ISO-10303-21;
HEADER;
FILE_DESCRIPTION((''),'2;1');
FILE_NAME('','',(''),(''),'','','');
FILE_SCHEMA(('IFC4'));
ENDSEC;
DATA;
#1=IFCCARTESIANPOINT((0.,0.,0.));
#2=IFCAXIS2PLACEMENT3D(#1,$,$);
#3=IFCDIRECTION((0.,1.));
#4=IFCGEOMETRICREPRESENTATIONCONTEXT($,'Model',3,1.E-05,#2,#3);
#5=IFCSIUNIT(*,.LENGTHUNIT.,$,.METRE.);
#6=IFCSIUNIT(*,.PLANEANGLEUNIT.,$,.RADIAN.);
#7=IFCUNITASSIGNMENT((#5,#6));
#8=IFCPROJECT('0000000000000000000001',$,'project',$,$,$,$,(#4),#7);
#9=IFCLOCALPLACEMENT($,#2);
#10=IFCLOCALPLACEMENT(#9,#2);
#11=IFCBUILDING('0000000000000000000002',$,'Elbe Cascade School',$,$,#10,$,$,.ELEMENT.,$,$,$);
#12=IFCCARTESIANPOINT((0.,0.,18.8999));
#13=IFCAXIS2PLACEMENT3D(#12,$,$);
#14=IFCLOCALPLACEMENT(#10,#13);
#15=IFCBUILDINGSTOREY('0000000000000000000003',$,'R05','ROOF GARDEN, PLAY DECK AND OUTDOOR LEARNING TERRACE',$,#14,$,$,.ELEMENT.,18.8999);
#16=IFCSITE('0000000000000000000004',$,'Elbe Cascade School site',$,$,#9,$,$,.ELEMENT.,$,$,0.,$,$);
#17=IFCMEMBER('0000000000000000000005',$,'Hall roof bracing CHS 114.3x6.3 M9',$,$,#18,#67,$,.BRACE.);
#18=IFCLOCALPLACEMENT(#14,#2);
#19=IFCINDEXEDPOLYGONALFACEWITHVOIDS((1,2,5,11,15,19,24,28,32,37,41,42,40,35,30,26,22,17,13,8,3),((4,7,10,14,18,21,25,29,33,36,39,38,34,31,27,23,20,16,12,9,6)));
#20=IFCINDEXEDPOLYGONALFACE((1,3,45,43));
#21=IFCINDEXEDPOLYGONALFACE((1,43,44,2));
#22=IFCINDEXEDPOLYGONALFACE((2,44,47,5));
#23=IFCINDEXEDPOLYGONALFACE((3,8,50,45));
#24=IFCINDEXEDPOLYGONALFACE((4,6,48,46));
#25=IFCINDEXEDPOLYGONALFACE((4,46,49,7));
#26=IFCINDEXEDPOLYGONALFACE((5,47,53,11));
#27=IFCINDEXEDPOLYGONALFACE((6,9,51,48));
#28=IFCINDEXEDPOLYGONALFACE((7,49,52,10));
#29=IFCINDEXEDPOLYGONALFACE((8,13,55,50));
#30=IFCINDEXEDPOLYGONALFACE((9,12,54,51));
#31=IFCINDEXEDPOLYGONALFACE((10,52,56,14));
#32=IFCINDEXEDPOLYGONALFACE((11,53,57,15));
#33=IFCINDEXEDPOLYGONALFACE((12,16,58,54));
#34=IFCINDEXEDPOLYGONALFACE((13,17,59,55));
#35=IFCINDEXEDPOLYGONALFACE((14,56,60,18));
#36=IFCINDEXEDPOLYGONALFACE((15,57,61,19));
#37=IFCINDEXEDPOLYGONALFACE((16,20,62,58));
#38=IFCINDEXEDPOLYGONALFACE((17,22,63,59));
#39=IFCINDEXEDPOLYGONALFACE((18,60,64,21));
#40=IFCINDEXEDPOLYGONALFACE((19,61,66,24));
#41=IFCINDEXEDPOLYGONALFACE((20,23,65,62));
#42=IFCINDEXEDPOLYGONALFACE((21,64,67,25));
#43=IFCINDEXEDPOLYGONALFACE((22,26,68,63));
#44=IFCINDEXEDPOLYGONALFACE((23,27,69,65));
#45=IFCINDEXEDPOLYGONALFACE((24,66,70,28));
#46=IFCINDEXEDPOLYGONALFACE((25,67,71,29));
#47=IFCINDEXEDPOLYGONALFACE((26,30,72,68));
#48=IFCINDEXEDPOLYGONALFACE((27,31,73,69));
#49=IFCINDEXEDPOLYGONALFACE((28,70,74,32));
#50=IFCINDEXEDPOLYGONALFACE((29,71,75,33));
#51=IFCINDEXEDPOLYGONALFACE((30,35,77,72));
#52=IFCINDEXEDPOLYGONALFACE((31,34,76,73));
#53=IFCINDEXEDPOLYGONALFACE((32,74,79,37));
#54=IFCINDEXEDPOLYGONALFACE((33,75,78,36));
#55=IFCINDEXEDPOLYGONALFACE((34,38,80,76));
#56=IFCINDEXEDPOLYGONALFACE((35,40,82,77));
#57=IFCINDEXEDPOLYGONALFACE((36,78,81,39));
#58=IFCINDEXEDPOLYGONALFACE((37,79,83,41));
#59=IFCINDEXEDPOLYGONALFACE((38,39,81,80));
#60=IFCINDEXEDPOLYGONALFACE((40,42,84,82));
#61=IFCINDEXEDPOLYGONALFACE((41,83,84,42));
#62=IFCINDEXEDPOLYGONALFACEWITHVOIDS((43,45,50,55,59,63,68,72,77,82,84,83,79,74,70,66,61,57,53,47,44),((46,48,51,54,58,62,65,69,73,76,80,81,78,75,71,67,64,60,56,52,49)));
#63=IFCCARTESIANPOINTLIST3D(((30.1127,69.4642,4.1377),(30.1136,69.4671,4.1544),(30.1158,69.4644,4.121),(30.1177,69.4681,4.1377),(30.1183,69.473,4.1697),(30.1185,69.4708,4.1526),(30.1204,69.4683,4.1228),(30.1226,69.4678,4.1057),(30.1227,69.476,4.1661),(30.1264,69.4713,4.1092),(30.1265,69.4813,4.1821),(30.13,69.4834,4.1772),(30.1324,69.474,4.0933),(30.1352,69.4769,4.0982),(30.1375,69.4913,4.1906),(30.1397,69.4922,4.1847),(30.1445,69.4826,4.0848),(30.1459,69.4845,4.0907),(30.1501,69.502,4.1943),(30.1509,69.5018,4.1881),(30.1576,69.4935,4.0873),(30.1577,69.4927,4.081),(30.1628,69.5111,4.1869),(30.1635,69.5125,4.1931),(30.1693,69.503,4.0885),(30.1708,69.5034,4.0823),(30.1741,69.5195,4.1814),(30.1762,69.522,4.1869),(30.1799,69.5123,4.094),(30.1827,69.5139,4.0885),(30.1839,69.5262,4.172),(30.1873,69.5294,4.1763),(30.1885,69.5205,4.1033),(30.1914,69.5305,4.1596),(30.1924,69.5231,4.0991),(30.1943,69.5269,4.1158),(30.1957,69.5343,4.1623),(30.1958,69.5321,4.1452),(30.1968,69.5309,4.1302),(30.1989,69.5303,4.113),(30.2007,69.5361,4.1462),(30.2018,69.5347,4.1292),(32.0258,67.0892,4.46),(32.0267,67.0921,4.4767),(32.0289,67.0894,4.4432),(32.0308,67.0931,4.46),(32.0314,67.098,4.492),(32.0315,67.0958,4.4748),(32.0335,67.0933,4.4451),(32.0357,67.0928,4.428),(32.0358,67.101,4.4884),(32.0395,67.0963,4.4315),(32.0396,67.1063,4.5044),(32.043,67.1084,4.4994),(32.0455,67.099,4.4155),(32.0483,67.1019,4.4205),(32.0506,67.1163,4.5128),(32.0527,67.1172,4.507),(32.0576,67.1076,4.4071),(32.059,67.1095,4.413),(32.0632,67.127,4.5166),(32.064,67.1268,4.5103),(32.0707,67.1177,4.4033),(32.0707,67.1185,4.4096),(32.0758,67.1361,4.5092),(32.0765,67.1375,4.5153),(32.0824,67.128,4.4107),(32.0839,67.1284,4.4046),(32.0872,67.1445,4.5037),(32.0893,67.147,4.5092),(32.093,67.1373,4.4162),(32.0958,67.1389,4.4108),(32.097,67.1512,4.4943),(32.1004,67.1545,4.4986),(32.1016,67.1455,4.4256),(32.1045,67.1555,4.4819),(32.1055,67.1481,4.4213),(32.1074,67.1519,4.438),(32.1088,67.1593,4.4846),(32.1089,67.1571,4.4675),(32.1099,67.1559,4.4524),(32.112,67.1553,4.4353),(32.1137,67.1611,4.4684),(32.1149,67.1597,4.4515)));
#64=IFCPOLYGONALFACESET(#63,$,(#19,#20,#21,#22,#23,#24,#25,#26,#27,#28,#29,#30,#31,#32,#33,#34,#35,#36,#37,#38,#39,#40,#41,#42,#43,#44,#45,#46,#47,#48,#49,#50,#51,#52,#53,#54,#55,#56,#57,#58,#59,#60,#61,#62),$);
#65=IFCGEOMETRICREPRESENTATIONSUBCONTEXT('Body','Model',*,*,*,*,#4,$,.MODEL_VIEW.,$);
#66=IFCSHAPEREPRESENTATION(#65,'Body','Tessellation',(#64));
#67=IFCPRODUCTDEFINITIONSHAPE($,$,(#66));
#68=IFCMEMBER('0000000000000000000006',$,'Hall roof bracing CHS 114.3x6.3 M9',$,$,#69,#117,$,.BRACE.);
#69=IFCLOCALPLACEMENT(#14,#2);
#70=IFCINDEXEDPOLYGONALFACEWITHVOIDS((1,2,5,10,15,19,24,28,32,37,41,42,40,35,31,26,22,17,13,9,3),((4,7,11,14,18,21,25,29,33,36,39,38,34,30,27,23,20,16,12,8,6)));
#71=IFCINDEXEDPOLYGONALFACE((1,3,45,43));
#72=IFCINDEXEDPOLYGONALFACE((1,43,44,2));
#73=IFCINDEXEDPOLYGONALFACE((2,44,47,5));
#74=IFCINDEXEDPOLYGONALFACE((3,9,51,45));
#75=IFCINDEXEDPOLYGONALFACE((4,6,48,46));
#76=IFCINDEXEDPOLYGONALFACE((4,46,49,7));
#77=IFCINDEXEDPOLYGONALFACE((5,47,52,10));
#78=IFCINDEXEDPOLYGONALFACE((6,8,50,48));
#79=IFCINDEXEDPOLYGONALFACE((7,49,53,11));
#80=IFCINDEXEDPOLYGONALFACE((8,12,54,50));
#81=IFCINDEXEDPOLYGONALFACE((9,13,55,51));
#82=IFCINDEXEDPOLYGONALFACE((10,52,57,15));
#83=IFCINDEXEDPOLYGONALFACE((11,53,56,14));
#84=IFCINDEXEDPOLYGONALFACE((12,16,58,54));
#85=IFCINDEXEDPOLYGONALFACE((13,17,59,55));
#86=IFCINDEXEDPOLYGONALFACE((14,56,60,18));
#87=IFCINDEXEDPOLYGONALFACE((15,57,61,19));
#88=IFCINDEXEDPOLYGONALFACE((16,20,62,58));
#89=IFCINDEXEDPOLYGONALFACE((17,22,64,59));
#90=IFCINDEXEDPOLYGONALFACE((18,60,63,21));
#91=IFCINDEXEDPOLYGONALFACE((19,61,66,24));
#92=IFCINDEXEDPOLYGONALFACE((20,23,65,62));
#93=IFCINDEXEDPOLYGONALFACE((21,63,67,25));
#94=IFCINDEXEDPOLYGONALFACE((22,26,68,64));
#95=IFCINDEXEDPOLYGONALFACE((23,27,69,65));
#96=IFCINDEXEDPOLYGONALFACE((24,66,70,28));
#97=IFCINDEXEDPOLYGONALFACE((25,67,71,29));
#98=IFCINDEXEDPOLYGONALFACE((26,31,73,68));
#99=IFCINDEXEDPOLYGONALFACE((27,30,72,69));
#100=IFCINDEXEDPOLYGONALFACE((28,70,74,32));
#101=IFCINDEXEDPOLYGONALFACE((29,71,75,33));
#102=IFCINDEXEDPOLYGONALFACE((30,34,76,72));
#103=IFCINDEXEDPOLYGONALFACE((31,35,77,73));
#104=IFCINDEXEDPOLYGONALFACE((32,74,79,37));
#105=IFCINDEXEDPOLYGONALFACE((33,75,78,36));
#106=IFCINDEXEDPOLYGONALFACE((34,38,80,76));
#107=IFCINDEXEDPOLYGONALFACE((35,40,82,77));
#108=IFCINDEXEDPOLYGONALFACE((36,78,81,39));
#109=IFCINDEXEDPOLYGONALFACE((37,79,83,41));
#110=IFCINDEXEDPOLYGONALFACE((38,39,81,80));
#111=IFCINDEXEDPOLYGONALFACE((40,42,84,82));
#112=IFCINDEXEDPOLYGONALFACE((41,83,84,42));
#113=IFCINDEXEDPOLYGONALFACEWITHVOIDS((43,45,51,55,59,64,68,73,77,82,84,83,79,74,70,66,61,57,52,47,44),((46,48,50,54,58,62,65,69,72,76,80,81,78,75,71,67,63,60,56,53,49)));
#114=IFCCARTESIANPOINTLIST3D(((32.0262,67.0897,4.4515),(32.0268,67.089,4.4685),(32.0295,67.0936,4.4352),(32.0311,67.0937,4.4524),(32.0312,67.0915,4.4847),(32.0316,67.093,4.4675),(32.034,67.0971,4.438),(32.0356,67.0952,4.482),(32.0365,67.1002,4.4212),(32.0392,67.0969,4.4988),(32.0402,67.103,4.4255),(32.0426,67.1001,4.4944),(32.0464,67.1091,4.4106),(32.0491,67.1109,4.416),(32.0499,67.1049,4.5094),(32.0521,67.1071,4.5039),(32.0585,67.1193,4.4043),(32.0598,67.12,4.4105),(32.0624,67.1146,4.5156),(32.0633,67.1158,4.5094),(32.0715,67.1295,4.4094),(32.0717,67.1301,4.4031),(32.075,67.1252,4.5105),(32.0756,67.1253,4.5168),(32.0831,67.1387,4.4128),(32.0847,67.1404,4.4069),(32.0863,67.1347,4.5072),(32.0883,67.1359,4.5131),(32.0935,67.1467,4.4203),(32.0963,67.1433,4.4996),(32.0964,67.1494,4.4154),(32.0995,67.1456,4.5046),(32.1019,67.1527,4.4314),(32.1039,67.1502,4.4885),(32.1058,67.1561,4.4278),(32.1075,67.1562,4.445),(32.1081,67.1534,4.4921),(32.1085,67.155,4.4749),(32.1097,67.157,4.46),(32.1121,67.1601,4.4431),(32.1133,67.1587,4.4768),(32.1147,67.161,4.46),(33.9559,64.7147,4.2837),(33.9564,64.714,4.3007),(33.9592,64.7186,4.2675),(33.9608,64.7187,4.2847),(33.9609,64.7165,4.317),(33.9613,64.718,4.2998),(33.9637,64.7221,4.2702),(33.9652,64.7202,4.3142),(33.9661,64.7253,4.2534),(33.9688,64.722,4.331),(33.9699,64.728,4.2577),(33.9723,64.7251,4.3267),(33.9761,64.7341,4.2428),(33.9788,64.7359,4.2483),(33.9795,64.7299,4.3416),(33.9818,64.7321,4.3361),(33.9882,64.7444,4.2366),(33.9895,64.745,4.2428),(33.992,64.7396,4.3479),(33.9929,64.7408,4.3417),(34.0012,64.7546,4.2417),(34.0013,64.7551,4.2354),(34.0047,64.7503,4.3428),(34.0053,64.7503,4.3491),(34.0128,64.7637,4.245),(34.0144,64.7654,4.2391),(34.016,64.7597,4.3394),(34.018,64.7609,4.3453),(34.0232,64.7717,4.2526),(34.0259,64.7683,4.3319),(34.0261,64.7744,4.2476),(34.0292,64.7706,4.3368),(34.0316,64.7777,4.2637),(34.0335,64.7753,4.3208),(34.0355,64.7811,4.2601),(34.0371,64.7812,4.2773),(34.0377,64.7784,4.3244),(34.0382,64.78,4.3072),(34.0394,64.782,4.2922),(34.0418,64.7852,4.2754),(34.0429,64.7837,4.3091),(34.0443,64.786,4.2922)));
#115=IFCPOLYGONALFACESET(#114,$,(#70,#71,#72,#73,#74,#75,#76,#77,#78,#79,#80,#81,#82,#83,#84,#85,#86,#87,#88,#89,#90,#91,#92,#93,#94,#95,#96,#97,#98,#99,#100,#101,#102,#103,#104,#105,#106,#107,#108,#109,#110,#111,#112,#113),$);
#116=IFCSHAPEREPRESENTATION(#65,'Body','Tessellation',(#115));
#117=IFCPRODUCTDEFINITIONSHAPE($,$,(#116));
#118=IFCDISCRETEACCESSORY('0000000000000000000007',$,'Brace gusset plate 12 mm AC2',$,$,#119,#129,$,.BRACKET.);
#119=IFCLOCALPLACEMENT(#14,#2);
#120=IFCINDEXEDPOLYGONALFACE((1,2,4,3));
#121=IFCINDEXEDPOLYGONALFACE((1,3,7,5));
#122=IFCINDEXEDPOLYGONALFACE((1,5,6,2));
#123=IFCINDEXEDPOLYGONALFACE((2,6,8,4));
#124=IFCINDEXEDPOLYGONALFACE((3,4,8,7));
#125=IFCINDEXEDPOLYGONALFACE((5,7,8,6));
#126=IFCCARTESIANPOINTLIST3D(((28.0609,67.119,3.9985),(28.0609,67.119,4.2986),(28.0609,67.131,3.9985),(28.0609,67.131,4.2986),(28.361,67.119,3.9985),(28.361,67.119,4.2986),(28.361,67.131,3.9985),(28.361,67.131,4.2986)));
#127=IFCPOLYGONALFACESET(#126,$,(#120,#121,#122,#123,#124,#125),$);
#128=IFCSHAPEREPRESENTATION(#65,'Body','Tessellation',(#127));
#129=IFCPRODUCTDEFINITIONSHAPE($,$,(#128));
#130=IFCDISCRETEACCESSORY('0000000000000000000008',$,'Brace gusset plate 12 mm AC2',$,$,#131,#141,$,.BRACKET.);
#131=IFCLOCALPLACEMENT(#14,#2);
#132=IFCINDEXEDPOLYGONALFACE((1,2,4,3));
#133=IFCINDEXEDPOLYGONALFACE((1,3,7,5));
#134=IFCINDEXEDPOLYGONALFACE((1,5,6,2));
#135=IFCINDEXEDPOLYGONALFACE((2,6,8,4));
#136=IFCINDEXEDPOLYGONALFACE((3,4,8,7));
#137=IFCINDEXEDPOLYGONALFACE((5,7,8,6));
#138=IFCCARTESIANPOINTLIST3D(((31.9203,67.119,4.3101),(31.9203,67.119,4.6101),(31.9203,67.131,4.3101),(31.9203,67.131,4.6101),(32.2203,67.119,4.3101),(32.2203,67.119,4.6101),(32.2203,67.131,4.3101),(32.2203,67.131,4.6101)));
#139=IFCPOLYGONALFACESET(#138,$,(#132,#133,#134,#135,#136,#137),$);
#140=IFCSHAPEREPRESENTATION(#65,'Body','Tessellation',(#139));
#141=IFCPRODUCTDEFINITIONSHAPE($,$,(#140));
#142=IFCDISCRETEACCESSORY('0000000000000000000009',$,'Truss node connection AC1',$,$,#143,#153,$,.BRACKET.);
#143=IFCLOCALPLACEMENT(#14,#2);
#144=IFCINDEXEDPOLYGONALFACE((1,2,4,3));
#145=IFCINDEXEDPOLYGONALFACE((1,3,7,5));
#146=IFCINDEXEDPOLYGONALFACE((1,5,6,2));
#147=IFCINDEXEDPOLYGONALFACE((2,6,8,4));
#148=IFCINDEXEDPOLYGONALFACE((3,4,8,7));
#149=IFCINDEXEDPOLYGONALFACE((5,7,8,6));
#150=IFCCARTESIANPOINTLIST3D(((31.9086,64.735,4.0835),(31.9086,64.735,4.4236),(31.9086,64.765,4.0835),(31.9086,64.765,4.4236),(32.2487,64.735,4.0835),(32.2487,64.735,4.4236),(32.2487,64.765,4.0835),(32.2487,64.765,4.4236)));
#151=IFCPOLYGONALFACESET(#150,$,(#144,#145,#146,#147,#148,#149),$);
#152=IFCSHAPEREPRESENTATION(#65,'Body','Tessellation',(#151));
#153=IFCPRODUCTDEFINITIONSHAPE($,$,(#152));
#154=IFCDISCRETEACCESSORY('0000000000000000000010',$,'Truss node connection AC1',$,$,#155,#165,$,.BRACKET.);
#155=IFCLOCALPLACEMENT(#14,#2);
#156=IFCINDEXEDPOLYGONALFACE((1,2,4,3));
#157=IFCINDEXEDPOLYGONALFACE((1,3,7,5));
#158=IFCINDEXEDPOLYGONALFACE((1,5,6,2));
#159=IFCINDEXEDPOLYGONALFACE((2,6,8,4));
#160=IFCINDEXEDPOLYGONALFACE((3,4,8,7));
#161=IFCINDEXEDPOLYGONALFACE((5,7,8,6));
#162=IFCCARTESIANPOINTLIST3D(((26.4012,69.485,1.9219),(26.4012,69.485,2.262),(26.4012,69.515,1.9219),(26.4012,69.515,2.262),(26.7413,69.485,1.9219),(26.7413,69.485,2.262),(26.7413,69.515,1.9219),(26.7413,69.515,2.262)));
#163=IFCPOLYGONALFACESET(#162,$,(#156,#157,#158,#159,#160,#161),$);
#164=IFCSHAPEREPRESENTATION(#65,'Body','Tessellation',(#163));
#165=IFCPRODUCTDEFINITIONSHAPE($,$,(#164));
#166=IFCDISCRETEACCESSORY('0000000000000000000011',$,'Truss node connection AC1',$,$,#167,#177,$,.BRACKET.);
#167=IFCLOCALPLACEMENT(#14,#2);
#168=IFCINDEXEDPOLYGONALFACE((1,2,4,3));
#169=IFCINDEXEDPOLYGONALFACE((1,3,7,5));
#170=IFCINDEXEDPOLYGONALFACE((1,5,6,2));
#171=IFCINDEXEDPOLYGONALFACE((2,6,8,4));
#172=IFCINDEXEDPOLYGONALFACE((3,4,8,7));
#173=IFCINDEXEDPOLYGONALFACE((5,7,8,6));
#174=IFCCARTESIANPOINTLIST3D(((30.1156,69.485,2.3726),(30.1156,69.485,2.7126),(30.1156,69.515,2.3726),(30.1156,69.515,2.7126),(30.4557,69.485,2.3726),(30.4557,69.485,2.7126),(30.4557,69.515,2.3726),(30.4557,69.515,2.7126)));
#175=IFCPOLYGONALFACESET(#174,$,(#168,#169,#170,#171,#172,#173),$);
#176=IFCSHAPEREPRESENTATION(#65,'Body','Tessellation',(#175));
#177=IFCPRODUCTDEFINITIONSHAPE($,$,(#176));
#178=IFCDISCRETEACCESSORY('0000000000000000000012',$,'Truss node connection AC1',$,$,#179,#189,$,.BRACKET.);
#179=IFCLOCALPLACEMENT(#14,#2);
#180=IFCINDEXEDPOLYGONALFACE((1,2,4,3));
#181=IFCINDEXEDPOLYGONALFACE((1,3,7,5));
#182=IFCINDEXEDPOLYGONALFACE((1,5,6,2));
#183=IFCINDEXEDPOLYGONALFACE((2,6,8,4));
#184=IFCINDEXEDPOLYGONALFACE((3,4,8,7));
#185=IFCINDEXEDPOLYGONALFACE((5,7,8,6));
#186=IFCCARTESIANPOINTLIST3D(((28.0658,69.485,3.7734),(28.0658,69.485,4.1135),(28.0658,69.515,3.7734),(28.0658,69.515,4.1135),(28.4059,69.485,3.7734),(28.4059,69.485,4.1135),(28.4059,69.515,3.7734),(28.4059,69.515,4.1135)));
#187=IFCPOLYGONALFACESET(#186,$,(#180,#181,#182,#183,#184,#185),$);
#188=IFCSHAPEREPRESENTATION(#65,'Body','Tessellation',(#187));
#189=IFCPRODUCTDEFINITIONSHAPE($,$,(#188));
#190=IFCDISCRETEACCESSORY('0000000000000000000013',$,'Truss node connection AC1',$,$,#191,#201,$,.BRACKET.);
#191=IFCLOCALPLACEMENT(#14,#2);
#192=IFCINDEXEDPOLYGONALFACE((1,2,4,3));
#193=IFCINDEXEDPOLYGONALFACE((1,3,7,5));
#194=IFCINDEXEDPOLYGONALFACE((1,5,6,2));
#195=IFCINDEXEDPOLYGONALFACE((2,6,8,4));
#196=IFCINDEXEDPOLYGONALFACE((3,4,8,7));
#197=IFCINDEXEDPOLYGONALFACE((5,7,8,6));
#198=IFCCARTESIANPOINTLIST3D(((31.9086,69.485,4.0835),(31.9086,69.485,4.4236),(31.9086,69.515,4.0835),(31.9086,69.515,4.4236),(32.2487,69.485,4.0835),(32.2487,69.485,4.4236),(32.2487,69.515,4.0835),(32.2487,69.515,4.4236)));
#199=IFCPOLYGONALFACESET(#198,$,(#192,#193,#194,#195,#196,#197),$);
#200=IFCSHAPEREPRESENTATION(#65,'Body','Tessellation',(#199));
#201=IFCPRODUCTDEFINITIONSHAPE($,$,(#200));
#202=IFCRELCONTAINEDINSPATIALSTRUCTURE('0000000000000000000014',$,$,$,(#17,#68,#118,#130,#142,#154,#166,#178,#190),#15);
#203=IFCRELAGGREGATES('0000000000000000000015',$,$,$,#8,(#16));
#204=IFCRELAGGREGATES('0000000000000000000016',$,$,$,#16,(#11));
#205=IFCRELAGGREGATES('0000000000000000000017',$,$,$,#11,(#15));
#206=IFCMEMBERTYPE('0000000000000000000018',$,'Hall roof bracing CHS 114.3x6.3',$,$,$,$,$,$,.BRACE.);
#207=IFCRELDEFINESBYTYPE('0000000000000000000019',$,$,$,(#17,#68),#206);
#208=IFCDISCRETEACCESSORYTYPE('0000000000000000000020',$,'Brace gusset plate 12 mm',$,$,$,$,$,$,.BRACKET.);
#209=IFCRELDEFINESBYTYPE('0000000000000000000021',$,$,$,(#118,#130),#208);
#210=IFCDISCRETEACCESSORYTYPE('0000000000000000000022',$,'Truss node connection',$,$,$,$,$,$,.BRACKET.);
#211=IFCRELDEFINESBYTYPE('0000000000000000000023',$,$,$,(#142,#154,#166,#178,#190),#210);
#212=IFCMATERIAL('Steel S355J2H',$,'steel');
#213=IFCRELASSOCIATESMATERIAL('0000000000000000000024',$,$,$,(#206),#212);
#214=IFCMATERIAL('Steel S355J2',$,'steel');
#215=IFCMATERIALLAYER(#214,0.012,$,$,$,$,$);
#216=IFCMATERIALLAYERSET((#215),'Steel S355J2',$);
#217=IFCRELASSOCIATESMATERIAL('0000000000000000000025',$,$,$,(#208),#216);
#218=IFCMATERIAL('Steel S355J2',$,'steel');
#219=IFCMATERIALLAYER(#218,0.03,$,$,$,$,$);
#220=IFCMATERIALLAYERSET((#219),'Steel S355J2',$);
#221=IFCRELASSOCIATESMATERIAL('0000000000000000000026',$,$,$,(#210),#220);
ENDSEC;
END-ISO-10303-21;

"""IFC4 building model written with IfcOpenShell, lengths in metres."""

from ifc_helpers import new_model, si_unit, direction, frame, origin, origin_2d, place, context, subcontext, project, spatial, rectangle, hollow_circle, extrude, material, layer, layer_set, material_profile, profile_set, type_object, element, save


model = new_model("IFC4")

# Units and contexts
model_context = context("Model", 3, precision=1e-05, world=origin(), true_north=direction((0.0, 1.0)))
body_context = subcontext(model_context, "Body", "Model", "MODEL_VIEW")
ifc_project = project(units=[si_unit("LENGTHUNIT", "METRE"), si_unit("PLANEANGLEUNIT", "RADIAN")], contexts=[model_context])

# Site, building, storey
site_placement = place(None, origin())
site = spatial("IfcSite", under=ifc_project, at=site_placement, Name="Elbe Cascade School site", CompositionType="ELEMENT", RefElevation=0.0)
building_placement = place(site_placement, origin())
building = spatial("IfcBuilding", under=site, at=building_placement, Name="Elbe Cascade School", CompositionType="ELEMENT")
storey_placement = place(building_placement, frame((0.0, 0.0, 18.8999)))
storey = spatial("IfcBuildingStorey", under=building, at=storey_placement, Name="R05", Description="ROOF GARDEN, PLAY DECK AND OUTDOOR LEARNING TERRACE", CompositionType="ELEMENT", Elevation=18.8999)

# Members
ifc_material_1 = material(Name="Steel S355J2H", Category="steel")
ifc_material_profile_1 = material_profile(ifc_material_1, hollow_circle(Radius=0.0571, WallThickness=0.0063, at=origin_2d()), Name="CHS 114.3x6.3")
ifc_profile_set_1 = profile_set([ifc_material_profile_1], Name="Steel S355J2H")
member_type_1 = type_object("IfcMemberType", Name="Hall roof bracing CHS 114.3x6.3", PredefinedType="BRACE", material=ifc_profile_set_1)
member_1_placement = place(storey_placement, frame((32.0703, 67.125, 4.46), z_axis=(-0.623835, 0.774459, -0.105087), x_axis=(-0.778771, -0.627308, 0.0)))
element("IfcMember", 1, at=member_1_placement, inside=storey, type_object=member_type_1, Name="Hall roof bracing CHS 114.3x6.3 M9", PredefinedType="BRACE", context=body_context, shape_type="SweptSolid", body=[
    extrude(hollow_circle(Radius=0.0571, WallThickness=0.0063, at=origin_2d()), origin(), (0.0, 0.0, 1.0), 3.0667),
])
member_2_placement = place(storey_placement, frame((32.0703, 67.125, 4.46), z_axis=(0.629648, -0.774951, -0.054728), x_axis=(0.776114, 0.630593, 0.0)))
element("IfcMember", 2, at=member_2_placement, inside=storey, type_object=member_type_1, Name="Hall roof bracing CHS 114.3x6.3 M9", PredefinedType="BRACE", context=body_context, shape_type="SweptSolid", body=[
    extrude(hollow_circle(Radius=0.0571, WallThickness=0.0063, at=origin_2d()), origin(), (0.0, 0.0, 1.0), 3.0647),
])

# Discrete accessories
ifc_material_2 = material(Name="Steel S355J2", Category="steel")
ifc_layer_1 = layer(ifc_material_2, 0.012)
ifc_layer_set_1 = layer_set([ifc_layer_1], Name="Steel S355J2")
discrete_accessory_type_1 = type_object("IfcDiscreteAccessoryType", Name="Brace gusset plate 12 mm", PredefinedType="BRACKET", material=ifc_layer_set_1)
for number, where, z_axis, x_axis, name in (
    (3, (28.2109, 67.125, 3.9985), (0.0, 0.0, 1.0), (1.0, 0.0, 0.0), "Brace gusset plate 12 mm AC2"),
    (4, (32.0703, 67.125, 4.3101), (0.0, 0.0, 1.0), (1.0, 0.0, 0.0), "Brace gusset plate 12 mm AC2"),
):
    element("IfcDiscreteAccessory", number, at=place(storey_placement, frame(where, z_axis=z_axis, x_axis=x_axis)), inside=storey, type_object=discrete_accessory_type_1, Name=name, PredefinedType="BRACKET", context=body_context, shape_type="SweptSolid", body=[
        extrude(rectangle(XDim=0.3, YDim=0.012, at=origin_2d()), origin(), (0.0, 0.0, 1.0), 0.3),
    ])
ifc_material_3 = material(Name="Steel S355J2", Category="steel")
ifc_layer_2 = layer(ifc_material_3, 0.03)
ifc_layer_set_2 = layer_set([ifc_layer_2], Name="Steel S355J2")
discrete_accessory_type_2 = type_object("IfcDiscreteAccessoryType", Name="Truss node connection", PredefinedType="BRACKET", material=ifc_layer_set_2)
for number, where, z_axis, x_axis, name in (
    (5, (32.0786, 64.75, 4.0835), (0.0, 0.0, 1.0), (1.0, 0.0, 0.0), "Truss node connection AC1"),
    (6, (26.5713, 69.5, 1.9219), (0.0, 0.0, 1.0), (1.0, 0.0, 0.0), "Truss node connection AC1"),
    (7, (30.2856, 69.5, 2.3726), (0.0, 0.0, 1.0), (1.0, 0.0, 0.0), "Truss node connection AC1"),
    (8, (28.2358, 69.5, 3.7734), (0.0, 0.0, 1.0), (1.0, 0.0, 0.0), "Truss node connection AC1"),
    (9, (32.0786, 69.5, 4.0835), (0.0, 0.0, 1.0), (1.0, 0.0, 0.0), "Truss node connection AC1"),
):
    element("IfcDiscreteAccessory", number, at=place(storey_placement, frame(where, z_axis=z_axis, x_axis=x_axis)), inside=storey, type_object=discrete_accessory_type_2, Name=name, PredefinedType="BRACKET", context=body_context, shape_type="SweptSolid", body=[
        extrude(rectangle(XDim=0.3401, YDim=0.03, at=origin_2d()), origin(), (0.0, 0.0, 1.0), 0.3401),
    ])

save(model, "model.ifc")
